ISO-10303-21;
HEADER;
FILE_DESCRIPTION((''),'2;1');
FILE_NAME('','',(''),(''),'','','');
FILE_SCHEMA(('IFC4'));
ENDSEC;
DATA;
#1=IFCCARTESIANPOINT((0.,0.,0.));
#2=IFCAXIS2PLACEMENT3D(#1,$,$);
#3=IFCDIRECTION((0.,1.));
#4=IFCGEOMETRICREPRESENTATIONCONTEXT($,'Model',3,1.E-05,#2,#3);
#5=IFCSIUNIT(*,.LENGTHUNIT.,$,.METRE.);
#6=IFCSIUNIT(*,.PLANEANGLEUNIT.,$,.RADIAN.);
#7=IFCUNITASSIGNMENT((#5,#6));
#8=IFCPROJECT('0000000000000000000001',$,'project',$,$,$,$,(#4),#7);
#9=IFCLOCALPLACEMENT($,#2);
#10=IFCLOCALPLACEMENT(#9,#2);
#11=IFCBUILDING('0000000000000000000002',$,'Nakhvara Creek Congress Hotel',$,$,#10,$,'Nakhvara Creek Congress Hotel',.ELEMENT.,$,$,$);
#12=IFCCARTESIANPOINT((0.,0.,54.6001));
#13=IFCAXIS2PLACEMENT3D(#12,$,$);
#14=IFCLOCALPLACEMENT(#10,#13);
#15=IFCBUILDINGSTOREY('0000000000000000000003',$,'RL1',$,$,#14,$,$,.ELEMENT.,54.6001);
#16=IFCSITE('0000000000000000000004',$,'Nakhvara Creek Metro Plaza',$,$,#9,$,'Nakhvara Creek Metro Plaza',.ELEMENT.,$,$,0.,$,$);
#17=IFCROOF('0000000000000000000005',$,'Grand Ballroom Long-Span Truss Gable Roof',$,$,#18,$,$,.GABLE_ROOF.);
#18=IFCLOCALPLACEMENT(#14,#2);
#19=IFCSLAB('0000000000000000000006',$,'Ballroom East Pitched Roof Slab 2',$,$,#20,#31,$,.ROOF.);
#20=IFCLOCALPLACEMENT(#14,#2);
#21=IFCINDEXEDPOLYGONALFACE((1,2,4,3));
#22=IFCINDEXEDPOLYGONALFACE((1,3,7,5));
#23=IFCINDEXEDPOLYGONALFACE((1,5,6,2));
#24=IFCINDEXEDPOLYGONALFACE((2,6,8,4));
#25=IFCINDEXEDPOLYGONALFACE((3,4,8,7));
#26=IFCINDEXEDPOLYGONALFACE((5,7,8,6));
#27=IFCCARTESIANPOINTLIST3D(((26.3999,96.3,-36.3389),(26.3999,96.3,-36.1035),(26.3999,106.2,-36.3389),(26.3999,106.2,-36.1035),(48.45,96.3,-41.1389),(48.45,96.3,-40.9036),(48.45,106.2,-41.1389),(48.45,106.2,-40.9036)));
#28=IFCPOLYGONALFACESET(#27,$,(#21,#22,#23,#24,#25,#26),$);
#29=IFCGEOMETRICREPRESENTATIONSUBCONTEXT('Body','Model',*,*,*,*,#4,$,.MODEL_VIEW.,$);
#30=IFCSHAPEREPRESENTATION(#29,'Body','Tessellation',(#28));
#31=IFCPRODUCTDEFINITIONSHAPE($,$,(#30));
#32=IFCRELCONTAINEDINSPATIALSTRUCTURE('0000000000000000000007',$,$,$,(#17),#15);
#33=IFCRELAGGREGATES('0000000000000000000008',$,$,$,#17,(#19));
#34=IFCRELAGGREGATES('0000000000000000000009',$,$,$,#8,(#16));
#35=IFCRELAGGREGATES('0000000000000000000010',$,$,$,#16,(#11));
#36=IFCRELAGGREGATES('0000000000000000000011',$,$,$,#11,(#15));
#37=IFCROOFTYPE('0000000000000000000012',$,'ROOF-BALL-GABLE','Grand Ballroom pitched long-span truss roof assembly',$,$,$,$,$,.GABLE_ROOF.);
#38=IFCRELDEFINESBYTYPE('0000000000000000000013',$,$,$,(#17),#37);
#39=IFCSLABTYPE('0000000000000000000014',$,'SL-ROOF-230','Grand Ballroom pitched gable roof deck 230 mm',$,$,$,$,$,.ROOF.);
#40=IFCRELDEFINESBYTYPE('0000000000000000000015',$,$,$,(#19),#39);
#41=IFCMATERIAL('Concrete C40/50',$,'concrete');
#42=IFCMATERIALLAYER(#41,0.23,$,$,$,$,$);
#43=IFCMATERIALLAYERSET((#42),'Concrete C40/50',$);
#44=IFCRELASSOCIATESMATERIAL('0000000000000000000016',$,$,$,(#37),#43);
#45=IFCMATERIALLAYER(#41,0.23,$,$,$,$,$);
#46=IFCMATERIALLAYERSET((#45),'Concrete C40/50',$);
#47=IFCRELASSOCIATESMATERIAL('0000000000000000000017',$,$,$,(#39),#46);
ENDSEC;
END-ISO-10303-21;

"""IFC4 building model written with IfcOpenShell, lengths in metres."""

from ifc_helpers import new_model, si_unit, direction, frame, origin, place, context, subcontext, project, spatial, polyline, outline, extrude, material, layer, layer_set, type_object, element, aggregate, save


model = new_model("IFC4")

# Units and contexts
model_context = context("Model", 3, precision=1e-05, world=origin(), true_north=direction((0.0, 1.0)))
body_context = subcontext(model_context, "Body", "Model", "MODEL_VIEW")
ifc_project = project(units=[si_unit("LENGTHUNIT", "METRE"), si_unit("PLANEANGLEUNIT", "RADIAN")], contexts=[model_context])

# Site, building, storey
site_placement = place(None, origin())
site = spatial("IfcSite", under=ifc_project, at=site_placement, Name="Nakhvara Creek Metro Plaza", LongName="Nakhvara Creek Metro Plaza", CompositionType="ELEMENT", RefElevation=0.0)
building_placement = place(site_placement, origin())
building = spatial("IfcBuilding", under=site, at=building_placement, Name="Nakhvara Creek Congress Hotel", LongName="Nakhvara Creek Congress Hotel", CompositionType="ELEMENT")
storey_placement = place(building_placement, frame((0.0, 0.0, 54.6001)))
storey = spatial("IfcBuildingStorey", under=building, at=storey_placement, Name="RL1", CompositionType="ELEMENT", Elevation=54.6001)

# Roof, slab
ifc_material_1 = material(Name="Concrete C40/50", Category="concrete")
ifc_layer_1 = layer(ifc_material_1, 0.23)
ifc_layer_set_1 = layer_set([ifc_layer_1], Name="Concrete C40/50")
roof_type = type_object("IfcRoofType", Name="ROOF-BALL-GABLE", Description="Grand Ballroom pitched long-span truss roof assembly", PredefinedType="GABLE_ROOF", material=ifc_layer_set_1)
roof_placement = place(storey_placement, origin())
roof = element("IfcRoof", 1, at=roof_placement, inside=storey, type_object=roof_type, Name="Grand Ballroom Long-Span Truss Gable Roof", PredefinedType="GABLE_ROOF")
ifc_layer_2 = layer(ifc_material_1, 0.23)
ifc_layer_set_2 = layer_set([ifc_layer_2], Name="Concrete C40/50")
slab_type = type_object("IfcSlabType", Name="SL-ROOF-230", Description="Grand Ballroom pitched gable roof deck 230 mm", PredefinedType="ROOF", material=ifc_layer_set_2)
slab_placement = place(storey_placement, frame((26.3999, 96.3, -36.1035), z_axis=(0.0, 0.0, 1.0), x_axis=(1.0, 0.0, 0.0)))
slab = element("IfcSlab", 2, at=slab_placement, type_object=slab_type, Name="Ballroom East Pitched Roof Slab 2", PredefinedType="ROOF", context=body_context, shape_type="SweptSolid", body=[
    extrude(outline(polyline([(0.0, 0.0), (22.05, -4.8), (22.05, -5.0354), (0.0, -0.2354), (0.0, 0.0)])), frame((0.0, 9.8999, 0.0), z_axis=(0.0, -1.0, 0.0), x_axis=(1.0, 0.0, 0.0)), (0.0, 0.0, 1.0), 9.8999),
])
aggregate(roof, [slab])

save(model, "model.ifc")
